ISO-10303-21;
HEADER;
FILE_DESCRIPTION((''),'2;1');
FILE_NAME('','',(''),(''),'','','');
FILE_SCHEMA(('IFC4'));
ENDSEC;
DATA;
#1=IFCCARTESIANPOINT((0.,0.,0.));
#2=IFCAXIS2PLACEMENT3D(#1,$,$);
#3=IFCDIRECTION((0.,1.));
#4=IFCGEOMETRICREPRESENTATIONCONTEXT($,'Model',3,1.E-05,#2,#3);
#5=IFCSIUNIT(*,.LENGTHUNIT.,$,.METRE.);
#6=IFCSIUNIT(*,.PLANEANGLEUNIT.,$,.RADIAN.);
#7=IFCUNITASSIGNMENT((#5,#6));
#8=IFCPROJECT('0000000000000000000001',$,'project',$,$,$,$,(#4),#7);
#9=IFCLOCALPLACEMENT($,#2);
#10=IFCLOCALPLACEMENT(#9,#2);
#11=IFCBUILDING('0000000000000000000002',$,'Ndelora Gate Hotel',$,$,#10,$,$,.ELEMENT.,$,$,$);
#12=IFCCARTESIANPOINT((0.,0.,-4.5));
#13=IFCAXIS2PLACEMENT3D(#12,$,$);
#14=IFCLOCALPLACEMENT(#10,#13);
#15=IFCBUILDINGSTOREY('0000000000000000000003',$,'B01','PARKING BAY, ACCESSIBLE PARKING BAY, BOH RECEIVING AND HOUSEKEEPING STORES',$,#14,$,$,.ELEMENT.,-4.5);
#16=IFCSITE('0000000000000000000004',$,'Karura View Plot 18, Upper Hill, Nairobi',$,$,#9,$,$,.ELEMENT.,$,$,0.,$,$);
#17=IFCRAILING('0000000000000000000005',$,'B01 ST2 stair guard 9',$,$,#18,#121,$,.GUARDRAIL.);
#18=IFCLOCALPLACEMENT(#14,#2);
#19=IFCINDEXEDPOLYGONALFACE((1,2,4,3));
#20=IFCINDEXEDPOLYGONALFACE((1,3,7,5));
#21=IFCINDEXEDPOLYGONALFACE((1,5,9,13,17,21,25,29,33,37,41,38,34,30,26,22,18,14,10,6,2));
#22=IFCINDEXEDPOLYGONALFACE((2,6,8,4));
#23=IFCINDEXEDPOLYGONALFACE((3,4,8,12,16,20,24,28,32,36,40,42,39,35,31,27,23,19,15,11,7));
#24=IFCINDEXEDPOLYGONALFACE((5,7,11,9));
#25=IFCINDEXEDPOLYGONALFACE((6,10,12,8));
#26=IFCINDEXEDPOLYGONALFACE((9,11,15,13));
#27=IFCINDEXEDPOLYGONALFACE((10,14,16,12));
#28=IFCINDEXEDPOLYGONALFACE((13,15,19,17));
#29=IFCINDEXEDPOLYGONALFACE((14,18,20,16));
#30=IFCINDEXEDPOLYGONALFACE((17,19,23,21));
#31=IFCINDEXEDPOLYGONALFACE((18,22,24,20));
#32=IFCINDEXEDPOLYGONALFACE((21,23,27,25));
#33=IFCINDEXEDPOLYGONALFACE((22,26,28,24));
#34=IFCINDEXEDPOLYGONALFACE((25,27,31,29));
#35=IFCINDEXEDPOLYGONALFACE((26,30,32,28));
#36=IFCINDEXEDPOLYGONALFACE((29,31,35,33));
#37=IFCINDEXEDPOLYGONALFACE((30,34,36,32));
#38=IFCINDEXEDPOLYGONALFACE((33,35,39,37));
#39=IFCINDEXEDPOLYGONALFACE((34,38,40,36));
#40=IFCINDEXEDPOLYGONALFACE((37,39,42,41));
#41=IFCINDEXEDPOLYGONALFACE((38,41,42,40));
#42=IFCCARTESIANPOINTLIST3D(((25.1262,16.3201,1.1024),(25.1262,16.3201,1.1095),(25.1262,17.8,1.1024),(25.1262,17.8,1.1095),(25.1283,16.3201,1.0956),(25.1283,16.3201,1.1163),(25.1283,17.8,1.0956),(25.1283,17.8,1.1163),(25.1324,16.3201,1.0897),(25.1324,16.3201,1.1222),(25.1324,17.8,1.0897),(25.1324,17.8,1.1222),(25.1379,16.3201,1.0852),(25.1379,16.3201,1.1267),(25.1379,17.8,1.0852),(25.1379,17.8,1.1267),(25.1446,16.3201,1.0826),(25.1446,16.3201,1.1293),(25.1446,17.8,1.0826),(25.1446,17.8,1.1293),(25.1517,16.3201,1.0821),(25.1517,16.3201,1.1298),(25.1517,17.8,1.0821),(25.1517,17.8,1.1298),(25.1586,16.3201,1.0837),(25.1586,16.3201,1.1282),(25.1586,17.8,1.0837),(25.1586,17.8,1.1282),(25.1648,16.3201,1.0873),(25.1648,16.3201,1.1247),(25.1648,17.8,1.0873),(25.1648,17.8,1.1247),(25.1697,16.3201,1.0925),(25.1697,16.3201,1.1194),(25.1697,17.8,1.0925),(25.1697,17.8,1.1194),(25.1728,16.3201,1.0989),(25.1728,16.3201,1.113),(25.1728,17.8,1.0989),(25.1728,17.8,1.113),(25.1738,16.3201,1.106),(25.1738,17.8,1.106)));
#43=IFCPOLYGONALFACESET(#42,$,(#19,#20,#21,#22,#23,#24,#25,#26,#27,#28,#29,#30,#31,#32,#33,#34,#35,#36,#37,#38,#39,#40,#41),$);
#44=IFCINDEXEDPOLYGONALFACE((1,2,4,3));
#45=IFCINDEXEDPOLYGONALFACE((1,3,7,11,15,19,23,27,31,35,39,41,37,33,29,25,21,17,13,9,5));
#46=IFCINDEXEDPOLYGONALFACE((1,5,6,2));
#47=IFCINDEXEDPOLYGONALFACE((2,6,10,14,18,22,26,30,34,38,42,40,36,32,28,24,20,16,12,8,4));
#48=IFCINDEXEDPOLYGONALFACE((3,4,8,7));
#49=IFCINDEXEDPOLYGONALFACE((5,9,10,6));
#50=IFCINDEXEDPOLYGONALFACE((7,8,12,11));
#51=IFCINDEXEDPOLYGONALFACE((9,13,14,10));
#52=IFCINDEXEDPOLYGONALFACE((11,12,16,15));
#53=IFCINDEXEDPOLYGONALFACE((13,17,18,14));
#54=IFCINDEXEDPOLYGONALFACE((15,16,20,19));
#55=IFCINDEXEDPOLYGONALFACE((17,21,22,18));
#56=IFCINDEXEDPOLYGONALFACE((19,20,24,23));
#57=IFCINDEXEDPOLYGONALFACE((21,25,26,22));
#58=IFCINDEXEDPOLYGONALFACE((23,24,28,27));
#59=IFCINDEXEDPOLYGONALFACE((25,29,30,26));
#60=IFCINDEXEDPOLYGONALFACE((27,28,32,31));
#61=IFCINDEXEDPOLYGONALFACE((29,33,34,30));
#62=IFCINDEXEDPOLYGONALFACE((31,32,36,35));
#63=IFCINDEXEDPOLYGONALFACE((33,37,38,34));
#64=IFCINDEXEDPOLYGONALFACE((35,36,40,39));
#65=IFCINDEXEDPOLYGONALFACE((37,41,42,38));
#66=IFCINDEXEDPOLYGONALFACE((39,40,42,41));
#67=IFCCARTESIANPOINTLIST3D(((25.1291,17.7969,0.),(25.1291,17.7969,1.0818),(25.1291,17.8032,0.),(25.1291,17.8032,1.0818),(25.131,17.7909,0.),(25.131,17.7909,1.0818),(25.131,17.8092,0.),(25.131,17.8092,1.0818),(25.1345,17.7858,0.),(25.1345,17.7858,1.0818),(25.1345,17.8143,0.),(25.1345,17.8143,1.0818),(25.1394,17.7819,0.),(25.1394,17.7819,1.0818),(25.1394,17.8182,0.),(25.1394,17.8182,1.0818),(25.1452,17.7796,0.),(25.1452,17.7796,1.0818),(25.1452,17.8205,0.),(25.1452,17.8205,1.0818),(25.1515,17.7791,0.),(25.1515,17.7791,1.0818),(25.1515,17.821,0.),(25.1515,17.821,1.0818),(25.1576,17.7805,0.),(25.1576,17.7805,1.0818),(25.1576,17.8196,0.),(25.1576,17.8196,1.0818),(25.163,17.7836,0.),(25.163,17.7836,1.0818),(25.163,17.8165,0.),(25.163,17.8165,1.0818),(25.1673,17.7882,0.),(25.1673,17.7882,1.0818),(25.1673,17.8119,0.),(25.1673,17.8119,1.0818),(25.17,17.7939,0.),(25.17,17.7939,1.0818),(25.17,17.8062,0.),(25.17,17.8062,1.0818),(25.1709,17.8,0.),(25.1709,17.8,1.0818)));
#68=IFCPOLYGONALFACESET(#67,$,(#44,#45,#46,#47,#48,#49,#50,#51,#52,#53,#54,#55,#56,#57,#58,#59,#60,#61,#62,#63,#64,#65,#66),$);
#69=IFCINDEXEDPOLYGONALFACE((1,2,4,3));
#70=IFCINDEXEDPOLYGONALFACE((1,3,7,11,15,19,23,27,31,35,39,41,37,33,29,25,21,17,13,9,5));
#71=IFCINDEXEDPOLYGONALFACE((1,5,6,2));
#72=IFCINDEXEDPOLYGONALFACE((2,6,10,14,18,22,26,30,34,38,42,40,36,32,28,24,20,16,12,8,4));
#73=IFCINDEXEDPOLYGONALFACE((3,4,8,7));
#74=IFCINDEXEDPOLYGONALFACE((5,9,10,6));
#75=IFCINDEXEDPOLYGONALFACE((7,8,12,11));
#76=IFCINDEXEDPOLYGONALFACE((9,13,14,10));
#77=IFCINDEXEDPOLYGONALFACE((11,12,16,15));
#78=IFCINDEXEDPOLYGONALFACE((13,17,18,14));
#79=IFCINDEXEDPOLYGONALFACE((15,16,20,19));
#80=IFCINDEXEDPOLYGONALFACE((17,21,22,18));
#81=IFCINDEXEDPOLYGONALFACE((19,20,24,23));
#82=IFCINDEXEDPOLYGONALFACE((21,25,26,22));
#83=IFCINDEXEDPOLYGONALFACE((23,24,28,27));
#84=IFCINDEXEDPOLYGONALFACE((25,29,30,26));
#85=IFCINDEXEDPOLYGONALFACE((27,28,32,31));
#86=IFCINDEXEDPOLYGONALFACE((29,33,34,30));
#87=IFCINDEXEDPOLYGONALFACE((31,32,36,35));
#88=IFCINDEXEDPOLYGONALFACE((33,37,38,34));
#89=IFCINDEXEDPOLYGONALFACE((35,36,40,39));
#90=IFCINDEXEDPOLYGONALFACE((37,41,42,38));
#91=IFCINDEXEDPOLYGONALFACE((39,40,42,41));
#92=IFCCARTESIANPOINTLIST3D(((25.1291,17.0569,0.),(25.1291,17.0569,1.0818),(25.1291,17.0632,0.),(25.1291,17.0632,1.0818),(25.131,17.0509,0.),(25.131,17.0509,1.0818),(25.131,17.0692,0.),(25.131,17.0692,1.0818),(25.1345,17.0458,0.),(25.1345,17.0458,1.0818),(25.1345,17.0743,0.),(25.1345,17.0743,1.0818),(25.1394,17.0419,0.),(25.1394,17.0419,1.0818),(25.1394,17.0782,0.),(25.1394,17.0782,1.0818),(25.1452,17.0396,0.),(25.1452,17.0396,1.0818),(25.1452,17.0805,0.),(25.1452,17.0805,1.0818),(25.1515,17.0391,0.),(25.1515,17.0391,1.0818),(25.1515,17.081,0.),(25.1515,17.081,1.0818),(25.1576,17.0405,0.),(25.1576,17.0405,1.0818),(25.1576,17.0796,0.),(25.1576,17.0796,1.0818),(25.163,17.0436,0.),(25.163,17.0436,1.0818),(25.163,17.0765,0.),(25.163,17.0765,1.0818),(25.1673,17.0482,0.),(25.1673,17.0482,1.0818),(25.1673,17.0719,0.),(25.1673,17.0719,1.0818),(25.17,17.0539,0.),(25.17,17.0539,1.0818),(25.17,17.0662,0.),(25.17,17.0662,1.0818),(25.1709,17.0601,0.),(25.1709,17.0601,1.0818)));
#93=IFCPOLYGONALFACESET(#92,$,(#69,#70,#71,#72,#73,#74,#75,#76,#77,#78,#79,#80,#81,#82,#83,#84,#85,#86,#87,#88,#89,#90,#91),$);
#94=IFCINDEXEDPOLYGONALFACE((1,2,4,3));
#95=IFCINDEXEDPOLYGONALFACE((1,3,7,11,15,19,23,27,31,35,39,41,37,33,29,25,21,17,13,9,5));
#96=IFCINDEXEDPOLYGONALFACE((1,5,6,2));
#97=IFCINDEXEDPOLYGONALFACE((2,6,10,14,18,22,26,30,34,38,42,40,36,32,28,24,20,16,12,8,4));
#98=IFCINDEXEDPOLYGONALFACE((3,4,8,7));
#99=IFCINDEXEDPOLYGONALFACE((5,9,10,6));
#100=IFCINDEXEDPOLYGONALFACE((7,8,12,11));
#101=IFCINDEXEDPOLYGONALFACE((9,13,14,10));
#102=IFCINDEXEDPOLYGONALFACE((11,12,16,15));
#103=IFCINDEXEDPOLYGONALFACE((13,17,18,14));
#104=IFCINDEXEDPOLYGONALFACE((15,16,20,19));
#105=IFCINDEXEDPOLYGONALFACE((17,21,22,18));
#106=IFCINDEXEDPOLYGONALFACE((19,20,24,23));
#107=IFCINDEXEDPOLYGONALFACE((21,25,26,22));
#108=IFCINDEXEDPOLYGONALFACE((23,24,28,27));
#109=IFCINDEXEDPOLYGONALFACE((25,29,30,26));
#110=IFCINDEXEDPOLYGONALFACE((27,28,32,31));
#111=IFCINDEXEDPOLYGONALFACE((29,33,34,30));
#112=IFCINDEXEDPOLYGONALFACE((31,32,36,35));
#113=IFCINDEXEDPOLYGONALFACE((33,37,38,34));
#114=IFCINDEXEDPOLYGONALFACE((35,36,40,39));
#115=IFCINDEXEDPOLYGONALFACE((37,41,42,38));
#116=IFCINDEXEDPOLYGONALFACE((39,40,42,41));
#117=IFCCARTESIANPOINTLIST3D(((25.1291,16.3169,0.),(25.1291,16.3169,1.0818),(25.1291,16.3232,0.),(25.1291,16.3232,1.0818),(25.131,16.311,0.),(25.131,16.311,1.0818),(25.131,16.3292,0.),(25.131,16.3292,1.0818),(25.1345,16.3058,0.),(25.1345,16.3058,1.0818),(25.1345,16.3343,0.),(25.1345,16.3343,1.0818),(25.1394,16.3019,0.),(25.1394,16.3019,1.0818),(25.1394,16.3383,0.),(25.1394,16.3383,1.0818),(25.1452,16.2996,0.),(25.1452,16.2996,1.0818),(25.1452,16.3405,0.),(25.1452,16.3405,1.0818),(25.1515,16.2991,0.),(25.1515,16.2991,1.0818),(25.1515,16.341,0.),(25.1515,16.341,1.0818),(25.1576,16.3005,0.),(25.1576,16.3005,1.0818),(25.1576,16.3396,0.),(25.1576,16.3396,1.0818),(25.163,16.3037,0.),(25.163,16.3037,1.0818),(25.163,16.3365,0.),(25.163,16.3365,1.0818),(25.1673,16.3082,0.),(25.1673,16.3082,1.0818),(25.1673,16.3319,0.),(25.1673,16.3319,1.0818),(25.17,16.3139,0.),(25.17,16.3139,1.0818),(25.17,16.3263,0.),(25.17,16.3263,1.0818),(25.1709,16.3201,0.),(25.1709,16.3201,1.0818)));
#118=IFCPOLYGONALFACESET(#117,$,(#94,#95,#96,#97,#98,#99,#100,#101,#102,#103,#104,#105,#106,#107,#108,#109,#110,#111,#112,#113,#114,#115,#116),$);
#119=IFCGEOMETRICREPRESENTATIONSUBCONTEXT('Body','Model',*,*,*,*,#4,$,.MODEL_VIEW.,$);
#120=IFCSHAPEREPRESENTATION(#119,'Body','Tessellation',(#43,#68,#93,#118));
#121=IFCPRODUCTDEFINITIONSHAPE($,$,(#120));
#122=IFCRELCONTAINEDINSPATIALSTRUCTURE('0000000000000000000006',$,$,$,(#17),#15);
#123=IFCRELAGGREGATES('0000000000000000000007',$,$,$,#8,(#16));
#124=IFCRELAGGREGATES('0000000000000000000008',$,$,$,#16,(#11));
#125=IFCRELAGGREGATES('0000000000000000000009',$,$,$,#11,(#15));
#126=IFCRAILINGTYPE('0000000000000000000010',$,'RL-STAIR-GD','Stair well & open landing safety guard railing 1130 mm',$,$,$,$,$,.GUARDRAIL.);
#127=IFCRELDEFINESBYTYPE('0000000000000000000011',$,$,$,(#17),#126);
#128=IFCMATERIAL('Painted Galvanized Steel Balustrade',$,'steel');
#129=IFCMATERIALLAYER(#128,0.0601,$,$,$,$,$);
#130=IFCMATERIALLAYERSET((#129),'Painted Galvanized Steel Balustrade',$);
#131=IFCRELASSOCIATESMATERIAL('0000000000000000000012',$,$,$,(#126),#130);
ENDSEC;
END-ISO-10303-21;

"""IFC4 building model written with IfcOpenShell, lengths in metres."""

from ifc_helpers import new_model, si_unit, direction, frame, origin, origin_2d, place, context, subcontext, project, spatial, circle, extrude, material, layer, layer_set, type_object, element, save


model = new_model("IFC4")

# Units and contexts
model_context = context("Model", 3, precision=1e-05, world=origin(), true_north=direction((0.0, 1.0)))
body_context = subcontext(model_context, "Body", "Model", "MODEL_VIEW")
ifc_project = project(units=[si_unit("LENGTHUNIT", "METRE"), si_unit("PLANEANGLEUNIT", "RADIAN")], contexts=[model_context])

# Site, building, storey
site_placement = place(None, origin())
site = spatial("IfcSite", under=ifc_project, at=site_placement, Name="Karura View Plot 18, Upper Hill, Nairobi", CompositionType="ELEMENT", RefElevation=0.0)
building_placement = place(site_placement, origin())
building = spatial("IfcBuilding", under=site, at=building_placement, Name="Ndelora Gate Hotel", CompositionType="ELEMENT")
storey_placement = place(building_placement, frame((0.0, 0.0, -4.5)))
storey = spatial("IfcBuildingStorey", under=building, at=storey_placement, Name="B01", Description="PARKING BAY, ACCESSIBLE PARKING BAY, BOH RECEIVING AND HOUSEKEEPING STORES", CompositionType="ELEMENT", Elevation=-4.5)

# Railing
ifc_material_1 = material(Name="Painted Galvanized Steel Balustrade", Category="steel")
ifc_layer_1 = layer(ifc_material_1, 0.0601)
ifc_layer_set_1 = layer_set([ifc_layer_1], Name="Painted Galvanized Steel Balustrade")
railing_type_1 = type_object("IfcRailingType", Name="RL-STAIR-GD", Description="Stair well & open landing safety guard railing 1130 mm", PredefinedType="GUARDRAIL", material=ifc_layer_set_1)
for number, where, name in (
    (1, (25.1499, 17.8, 0.0), "B01 ST2 stair guard 9"),
):
    element("IfcRailing", number, at=place(storey_placement, frame(where)), inside=storey, type_object=railing_type_1, Name=name, PredefinedType="GUARDRAIL", context=body_context, shape_type="SweptSolid", body=[
        extrude(circle(Radius=0.0239, at=origin_2d()), frame((0.0, 0.0, 1.106), z_axis=(0.0, -1.0, 0.0), x_axis=(1.0, 0.0, 0.0)), (0.0, 0.0, 1.0), 1.48),
        extrude(circle(Radius=0.021, at=origin_2d()), origin(), (0.0, 0.0, 1.0), 1.0818),
        extrude(circle(Radius=0.021, at=origin_2d()), frame((0.0, -0.74, 0.0)), (0.0, 0.0, 1.0), 1.0818),
        extrude(circle(Radius=0.021, at=origin_2d()), frame((0.0, -1.48, 0.0)), (0.0, 0.0, 1.0), 1.0818),
    ])

save(model, "model.ifc")
